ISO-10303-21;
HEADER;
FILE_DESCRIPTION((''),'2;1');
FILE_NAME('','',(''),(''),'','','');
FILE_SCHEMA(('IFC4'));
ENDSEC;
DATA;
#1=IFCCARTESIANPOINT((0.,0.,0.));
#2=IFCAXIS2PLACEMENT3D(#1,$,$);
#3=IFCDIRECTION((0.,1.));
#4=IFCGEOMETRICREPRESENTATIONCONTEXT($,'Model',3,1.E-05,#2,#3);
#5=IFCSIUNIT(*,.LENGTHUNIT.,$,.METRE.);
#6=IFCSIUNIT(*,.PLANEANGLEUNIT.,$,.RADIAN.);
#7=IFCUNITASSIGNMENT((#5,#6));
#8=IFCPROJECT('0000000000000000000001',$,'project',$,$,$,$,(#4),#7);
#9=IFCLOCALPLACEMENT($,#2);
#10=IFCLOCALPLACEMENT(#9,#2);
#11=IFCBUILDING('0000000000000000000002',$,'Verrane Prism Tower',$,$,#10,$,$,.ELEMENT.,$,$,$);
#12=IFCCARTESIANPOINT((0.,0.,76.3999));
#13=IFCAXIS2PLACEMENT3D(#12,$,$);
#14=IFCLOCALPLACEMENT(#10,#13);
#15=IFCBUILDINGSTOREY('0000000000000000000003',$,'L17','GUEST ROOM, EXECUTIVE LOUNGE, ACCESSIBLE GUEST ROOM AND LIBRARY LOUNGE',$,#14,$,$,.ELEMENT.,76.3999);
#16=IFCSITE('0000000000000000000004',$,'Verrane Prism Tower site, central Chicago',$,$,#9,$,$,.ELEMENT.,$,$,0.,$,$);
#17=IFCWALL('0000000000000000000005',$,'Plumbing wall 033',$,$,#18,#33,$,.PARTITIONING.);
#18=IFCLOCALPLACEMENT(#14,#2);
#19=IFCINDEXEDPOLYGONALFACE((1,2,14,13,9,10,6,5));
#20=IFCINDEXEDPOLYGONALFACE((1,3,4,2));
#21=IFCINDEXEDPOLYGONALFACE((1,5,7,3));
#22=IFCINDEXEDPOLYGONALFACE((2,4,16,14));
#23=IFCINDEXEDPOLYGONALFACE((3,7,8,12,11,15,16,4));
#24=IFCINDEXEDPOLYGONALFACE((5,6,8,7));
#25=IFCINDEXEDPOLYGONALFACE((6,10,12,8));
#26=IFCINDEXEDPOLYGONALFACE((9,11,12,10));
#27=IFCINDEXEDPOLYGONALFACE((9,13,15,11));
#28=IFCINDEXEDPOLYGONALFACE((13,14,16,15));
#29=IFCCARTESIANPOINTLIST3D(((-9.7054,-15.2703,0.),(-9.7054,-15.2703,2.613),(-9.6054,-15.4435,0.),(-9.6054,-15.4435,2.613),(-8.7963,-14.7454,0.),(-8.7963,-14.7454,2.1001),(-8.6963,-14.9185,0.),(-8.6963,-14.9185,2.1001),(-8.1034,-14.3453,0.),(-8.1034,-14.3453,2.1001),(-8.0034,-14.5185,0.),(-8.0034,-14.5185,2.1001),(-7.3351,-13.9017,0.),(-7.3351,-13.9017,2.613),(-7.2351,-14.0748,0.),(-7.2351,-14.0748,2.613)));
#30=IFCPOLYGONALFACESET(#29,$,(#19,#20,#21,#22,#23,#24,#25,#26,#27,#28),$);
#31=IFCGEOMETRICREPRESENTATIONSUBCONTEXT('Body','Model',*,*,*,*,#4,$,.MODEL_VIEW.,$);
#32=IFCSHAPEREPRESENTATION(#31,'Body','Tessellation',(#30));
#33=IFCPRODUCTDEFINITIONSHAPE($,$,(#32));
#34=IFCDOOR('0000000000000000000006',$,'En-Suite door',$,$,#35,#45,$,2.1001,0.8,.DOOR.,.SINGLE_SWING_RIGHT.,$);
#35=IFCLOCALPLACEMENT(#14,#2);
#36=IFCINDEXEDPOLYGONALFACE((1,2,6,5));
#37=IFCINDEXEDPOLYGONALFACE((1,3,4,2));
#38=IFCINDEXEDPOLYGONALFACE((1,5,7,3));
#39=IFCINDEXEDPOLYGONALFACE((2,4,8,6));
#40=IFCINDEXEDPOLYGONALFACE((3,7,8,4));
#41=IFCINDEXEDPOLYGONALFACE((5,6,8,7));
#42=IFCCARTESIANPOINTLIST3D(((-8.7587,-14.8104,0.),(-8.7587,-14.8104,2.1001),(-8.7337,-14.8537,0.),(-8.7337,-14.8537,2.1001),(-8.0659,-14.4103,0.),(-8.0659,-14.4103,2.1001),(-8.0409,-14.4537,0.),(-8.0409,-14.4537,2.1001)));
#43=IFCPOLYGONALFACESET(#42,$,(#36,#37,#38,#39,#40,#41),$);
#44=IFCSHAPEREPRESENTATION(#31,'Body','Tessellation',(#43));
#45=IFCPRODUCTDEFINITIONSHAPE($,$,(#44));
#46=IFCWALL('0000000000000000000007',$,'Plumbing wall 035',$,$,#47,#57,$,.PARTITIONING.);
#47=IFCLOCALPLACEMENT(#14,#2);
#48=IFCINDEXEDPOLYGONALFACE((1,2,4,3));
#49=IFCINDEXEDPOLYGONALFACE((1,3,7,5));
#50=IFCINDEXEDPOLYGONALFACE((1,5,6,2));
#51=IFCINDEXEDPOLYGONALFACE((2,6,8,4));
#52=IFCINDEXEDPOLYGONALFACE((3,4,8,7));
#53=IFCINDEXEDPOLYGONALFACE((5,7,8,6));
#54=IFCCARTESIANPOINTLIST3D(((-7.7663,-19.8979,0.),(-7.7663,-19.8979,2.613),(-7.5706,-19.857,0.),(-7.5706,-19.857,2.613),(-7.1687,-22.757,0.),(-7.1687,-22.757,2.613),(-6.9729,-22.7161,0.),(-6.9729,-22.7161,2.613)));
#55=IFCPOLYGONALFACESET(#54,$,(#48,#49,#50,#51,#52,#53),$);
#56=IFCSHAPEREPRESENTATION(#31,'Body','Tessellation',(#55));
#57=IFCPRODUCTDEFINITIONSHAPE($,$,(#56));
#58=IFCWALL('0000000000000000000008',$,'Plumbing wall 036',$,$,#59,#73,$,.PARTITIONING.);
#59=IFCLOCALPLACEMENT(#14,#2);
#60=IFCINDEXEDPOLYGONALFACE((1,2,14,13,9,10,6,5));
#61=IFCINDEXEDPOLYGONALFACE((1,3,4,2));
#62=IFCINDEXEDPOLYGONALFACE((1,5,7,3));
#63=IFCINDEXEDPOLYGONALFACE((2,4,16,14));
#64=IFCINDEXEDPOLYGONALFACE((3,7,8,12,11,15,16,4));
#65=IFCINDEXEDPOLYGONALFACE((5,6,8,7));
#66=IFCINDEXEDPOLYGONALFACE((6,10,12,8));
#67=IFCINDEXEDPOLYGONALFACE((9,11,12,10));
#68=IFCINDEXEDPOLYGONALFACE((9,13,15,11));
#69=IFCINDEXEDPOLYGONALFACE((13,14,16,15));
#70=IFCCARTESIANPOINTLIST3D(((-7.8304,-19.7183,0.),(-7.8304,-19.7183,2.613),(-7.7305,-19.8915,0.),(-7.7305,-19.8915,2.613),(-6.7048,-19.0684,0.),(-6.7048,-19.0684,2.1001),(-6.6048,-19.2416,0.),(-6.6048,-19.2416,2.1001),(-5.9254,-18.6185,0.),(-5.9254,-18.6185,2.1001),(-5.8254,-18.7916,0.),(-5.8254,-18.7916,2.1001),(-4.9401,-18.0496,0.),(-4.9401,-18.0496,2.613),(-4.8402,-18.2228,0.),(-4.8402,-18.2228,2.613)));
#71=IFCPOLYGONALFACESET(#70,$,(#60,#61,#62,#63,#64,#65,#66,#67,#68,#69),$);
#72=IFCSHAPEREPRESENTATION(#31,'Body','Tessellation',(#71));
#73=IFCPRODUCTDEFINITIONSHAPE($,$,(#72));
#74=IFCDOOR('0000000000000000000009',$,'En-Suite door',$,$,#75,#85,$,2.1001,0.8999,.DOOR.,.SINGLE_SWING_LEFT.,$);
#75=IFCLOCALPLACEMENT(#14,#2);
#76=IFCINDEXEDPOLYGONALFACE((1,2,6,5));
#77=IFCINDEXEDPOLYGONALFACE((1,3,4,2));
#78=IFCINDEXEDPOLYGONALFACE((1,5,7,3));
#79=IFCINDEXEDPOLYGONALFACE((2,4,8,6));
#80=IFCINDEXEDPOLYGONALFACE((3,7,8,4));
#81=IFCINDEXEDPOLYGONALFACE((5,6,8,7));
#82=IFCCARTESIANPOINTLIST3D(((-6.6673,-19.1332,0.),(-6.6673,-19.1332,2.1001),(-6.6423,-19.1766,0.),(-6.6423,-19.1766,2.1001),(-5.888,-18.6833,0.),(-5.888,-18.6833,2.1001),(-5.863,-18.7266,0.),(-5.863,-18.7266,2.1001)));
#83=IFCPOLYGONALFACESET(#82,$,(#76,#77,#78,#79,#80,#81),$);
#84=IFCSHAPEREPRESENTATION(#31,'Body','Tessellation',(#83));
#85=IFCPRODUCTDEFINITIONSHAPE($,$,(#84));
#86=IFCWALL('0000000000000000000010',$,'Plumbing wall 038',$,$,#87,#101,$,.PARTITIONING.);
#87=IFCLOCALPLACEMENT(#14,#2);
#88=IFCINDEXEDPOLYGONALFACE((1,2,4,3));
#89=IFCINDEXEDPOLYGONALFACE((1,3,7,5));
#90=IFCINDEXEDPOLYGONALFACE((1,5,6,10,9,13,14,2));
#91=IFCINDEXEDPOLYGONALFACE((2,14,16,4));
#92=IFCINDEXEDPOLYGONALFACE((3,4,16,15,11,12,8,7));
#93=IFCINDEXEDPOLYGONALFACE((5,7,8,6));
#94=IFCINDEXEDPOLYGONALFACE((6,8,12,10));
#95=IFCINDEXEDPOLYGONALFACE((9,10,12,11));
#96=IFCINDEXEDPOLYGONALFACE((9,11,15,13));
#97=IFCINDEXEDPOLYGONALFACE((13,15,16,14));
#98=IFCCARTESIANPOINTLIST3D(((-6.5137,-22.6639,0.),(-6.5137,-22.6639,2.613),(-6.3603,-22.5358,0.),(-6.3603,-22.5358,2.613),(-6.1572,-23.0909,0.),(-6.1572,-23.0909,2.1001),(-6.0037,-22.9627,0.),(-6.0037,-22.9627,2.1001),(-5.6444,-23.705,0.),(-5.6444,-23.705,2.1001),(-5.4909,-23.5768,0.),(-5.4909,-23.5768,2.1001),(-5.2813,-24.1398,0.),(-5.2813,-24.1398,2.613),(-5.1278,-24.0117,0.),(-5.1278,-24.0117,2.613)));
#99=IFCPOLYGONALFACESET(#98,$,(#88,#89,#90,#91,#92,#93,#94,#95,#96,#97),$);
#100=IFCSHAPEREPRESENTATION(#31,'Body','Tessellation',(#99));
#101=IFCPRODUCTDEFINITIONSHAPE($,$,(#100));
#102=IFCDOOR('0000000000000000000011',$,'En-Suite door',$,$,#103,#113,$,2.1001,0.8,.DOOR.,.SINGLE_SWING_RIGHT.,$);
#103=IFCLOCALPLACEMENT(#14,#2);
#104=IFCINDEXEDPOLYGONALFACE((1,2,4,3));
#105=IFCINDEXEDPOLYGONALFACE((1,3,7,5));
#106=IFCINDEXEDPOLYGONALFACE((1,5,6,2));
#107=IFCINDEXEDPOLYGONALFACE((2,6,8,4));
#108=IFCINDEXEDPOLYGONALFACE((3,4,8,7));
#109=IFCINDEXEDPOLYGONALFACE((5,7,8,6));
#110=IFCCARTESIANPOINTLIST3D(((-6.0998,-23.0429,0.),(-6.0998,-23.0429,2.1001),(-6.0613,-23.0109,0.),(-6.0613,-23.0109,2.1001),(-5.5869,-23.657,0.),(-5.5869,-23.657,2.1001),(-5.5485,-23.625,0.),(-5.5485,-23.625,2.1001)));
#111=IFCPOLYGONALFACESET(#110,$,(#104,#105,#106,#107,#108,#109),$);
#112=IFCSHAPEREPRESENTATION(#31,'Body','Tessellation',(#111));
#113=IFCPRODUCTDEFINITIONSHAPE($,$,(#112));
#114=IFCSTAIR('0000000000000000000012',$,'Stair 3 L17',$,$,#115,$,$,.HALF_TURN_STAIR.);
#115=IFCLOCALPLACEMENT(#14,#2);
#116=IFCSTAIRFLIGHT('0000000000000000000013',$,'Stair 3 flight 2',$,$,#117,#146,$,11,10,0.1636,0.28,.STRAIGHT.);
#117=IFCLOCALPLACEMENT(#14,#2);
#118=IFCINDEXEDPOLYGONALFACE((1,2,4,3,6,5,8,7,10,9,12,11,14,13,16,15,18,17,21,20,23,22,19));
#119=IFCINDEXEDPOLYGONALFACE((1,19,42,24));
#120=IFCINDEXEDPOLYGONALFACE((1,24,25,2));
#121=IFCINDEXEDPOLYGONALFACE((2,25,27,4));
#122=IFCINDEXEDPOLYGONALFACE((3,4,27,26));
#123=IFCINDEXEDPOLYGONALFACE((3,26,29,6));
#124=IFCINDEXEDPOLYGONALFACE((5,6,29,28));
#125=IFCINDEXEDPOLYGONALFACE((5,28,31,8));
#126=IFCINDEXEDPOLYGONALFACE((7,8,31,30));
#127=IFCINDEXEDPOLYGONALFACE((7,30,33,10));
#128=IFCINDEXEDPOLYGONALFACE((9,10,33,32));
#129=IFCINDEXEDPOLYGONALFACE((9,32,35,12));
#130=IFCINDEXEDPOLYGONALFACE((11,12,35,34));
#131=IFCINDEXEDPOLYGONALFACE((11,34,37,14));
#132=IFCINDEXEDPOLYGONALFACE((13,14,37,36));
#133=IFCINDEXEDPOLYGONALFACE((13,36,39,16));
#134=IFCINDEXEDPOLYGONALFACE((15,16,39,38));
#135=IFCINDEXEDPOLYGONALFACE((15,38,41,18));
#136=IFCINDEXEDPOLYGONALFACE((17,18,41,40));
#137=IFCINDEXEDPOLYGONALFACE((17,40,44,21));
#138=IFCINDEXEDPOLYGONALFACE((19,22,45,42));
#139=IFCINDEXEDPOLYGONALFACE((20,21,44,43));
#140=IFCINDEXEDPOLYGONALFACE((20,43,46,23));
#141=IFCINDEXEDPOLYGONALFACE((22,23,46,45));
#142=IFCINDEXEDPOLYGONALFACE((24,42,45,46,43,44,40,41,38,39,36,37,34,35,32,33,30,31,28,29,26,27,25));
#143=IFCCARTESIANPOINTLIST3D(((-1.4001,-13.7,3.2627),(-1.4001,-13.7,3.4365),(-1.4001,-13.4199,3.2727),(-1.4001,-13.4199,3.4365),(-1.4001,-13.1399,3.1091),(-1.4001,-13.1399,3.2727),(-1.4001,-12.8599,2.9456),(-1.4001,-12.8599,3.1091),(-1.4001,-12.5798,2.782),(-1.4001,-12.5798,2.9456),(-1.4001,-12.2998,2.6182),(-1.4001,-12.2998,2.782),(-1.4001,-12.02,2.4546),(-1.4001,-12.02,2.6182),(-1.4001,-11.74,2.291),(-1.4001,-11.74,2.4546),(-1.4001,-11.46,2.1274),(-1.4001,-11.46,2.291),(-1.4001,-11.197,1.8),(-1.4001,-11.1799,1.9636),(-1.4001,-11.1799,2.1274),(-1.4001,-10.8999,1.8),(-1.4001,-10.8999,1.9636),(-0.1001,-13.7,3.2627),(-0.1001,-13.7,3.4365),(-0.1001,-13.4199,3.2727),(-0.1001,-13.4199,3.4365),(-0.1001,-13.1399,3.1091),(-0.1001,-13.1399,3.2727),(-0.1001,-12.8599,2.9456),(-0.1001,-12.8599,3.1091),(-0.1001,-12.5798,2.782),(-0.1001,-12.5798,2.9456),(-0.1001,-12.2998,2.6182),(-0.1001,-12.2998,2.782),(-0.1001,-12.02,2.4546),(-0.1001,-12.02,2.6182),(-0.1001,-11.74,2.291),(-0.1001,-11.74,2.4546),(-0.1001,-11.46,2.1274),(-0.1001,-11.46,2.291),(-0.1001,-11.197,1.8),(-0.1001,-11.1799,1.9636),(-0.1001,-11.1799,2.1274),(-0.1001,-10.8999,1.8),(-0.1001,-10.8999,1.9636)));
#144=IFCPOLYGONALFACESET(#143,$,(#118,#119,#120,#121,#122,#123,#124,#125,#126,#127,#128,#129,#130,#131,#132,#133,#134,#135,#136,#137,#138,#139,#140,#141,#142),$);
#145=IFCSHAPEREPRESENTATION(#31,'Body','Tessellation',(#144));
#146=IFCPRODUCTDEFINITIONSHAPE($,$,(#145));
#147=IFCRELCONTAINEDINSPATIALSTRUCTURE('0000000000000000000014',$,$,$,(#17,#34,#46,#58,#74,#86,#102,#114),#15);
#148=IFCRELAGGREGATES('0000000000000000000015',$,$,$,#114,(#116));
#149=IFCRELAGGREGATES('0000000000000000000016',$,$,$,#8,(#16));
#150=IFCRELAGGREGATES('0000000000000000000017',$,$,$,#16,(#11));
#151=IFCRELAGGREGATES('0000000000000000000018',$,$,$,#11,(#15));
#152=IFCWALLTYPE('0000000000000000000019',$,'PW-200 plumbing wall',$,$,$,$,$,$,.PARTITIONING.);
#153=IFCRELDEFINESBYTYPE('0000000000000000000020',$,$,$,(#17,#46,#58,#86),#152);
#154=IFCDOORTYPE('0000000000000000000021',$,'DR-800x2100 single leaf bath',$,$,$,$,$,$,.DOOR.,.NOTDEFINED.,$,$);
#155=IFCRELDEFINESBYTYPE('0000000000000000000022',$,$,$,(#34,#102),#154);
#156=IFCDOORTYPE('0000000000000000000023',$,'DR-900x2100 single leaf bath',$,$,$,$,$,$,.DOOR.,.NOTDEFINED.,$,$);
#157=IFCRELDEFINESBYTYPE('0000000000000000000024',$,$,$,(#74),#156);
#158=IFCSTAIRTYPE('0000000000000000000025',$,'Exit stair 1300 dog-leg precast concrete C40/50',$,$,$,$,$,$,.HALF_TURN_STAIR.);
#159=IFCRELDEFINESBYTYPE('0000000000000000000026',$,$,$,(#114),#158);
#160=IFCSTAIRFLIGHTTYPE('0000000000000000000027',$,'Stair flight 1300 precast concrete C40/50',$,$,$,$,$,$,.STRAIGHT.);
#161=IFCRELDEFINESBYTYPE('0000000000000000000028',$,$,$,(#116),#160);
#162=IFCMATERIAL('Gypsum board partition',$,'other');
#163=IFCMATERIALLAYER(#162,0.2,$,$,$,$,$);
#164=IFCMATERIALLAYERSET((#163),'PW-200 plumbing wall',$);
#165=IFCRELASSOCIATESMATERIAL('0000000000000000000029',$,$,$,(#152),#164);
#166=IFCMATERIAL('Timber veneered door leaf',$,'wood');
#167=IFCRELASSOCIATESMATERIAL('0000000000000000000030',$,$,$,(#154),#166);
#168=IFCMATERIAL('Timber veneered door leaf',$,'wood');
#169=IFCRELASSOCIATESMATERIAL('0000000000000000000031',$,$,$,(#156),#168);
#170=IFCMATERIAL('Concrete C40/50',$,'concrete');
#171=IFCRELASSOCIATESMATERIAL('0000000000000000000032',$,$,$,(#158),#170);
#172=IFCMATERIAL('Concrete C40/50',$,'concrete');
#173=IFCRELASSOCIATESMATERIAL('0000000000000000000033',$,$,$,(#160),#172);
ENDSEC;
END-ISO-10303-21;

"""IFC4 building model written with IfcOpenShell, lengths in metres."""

from ifc_helpers import new_model, si_unit, direction, frame, frame_2d, origin, place, context, subcontext, project, spatial, polyline, rectangle, outline, extrude, material, layer, layer_set, type_object, element, fill, aggregate, save


model = new_model("IFC4")

# Units and contexts
model_context = context("Model", 3, precision=1e-05, world=origin(), true_north=direction((0.0, 1.0)))
body_context = subcontext(model_context, "Body", "Model", "MODEL_VIEW")
ifc_project = project(units=[si_unit("LENGTHUNIT", "METRE"), si_unit("PLANEANGLEUNIT", "RADIAN")], contexts=[model_context])

# Site, building, storey
site_placement = place(None, origin())
site = spatial("IfcSite", under=ifc_project, at=site_placement, Name="Verrane Prism Tower site, central Chicago", CompositionType="ELEMENT", RefElevation=0.0)
building_placement = place(site_placement, origin())
building = spatial("IfcBuilding", under=site, at=building_placement, Name="Verrane Prism Tower", CompositionType="ELEMENT")
storey_placement = place(building_placement, frame((0.0, 0.0, 76.3999)))
storey = spatial("IfcBuildingStorey", under=building, at=storey_placement, Name="L17", Description="GUEST ROOM, EXECUTIVE LOUNGE, ACCESSIBLE GUEST ROOM AND LIBRARY LOUNGE", CompositionType="ELEMENT", Elevation=76.3999)

# Shared definitions
ifc_material_1 = material(Name="Gypsum board partition", Category="other")
ifc_layer_1 = layer(ifc_material_1, 0.2)
ifc_layer_set_1 = layer_set([ifc_layer_1], Name="PW-200 plumbing wall")
wall_type_1 = type_object("IfcWallType", Name="PW-200 plumbing wall", PredefinedType="PARTITIONING", material=ifc_layer_set_1)

# Wall, opening, door
wall_1_placement = place(storey_placement, frame((-9.6555, -15.3569, 0.0), z_axis=(0.0, 0.0, 1.0), x_axis=(0.866006, 0.500034, 0.0)))
wall_1 = element("IfcWall", 1, at=wall_1_placement, inside=storey, type_object=wall_type_1, Name="Plumbing wall 033", PredefinedType="PARTITIONING", context=body_context, shape_type="SweptSolid", body=[
    extrude(rectangle(XDim=2.7371, YDim=0.2, at=frame_2d((1.3687, 0.0))), origin(), (0.0, 0.0, 1.0), 2.613),
])
opening_1_placement = place(wall_1_placement, frame((1.05, 0.0, 0.0)))
opening_1 = element("IfcOpeningElement", 2, at=opening_1_placement, cuts=wall_1, PredefinedType="OPENING", context=body_context, shape_type="SweptSolid", body=[
    extrude(rectangle(XDim=0.8, YDim=2.1001, at=frame_2d((0.3999, 1.05))), frame((0.0, 0.1099, 0.0), z_axis=(0.0, -1.0, 0.0), x_axis=(1.0, 0.0, 0.0)), (0.0, 0.0, 1.0), 0.22),
])
ifc_material_2 = material(Name="Timber veneered door leaf", Category="wood")
door_type_1 = type_object("IfcDoorType", Name="DR-800x2100 single leaf bath", OperationType="NOTDEFINED", PredefinedType="DOOR", material=ifc_material_2)
door_1_placement = place(opening_1_placement, origin())
door_1 = element("IfcDoor", 3, at=door_1_placement, inside=storey, type_object=door_type_1, Name="En-Suite door", OperationType="SINGLE_SWING_RIGHT", OverallHeight=2.1001, OverallWidth=0.8, PredefinedType="DOOR", context=body_context, shape_type="SweptSolid", body=[
    extrude(rectangle(XDim=0.8, YDim=2.1001, at=frame_2d((0.3999, 1.05))), frame((0.0, 0.0249, 0.0), z_axis=(0.0, -1.0, 0.0), x_axis=(1.0, 0.0, 0.0)), (0.0, 0.0, 1.0), 0.05),
])
fill(opening_1, door_1)

# Wall
wall_2_placement = place(storey_placement, frame((-7.6685, -19.8774, 0.0), z_axis=(0.0, 0.0, 1.0), x_axis=(0.204612, -0.978843, 0.0)))
element("IfcWall", 4, at=wall_2_placement, inside=storey, type_object=wall_type_1, Name="Plumbing wall 035", PredefinedType="PARTITIONING", context=body_context, shape_type="SweptSolid", body=[
    extrude(rectangle(XDim=2.9209, YDim=0.2, at=frame_2d((1.4604, 0.0))), origin(), (0.0, 0.0, 1.0), 2.613),
])

# Walls, openings, doors
wall_3_placement = place(storey_placement, frame((-4.8901, -18.1362, 0.0), z_axis=(0.0, 0.0, 1.0), x_axis=(-0.866033, -0.499986, 0.0)))
wall_3 = element("IfcWall", 5, at=wall_3_placement, inside=storey, type_object=wall_type_1, Name="Plumbing wall 036", PredefinedType="PARTITIONING", context=body_context, shape_type="SweptSolid", body=[
    extrude(rectangle(XDim=3.3374, YDim=0.2, at=frame_2d((1.6687, 0.0))), origin(), (0.0, 0.0, 1.0), 2.613),
])
opening_2_placement = place(wall_3_placement, frame((1.1377, 0.0, 0.0)))
opening_2 = element("IfcOpeningElement", 6, at=opening_2_placement, cuts=wall_3, PredefinedType="OPENING", context=body_context, shape_type="SweptSolid", body=[
    extrude(rectangle(XDim=0.8999, YDim=2.1001, at=frame_2d((0.45, 1.05))), frame((0.0, 0.1099, 0.0), z_axis=(0.0, -1.0, 0.0), x_axis=(1.0, 0.0, 0.0)), (0.0, 0.0, 1.0), 0.22),
])
ifc_material_3 = material(Name="Timber veneered door leaf", Category="wood")
door_type_2 = type_object("IfcDoorType", Name="DR-900x2100 single leaf bath", OperationType="NOTDEFINED", PredefinedType="DOOR", material=ifc_material_3)
door_2_placement = place(opening_2_placement, origin())
door_2 = element("IfcDoor", 7, at=door_2_placement, inside=storey, type_object=door_type_2, Name="En-Suite door", OperationType="SINGLE_SWING_LEFT", OverallHeight=2.1001, OverallWidth=0.8999, PredefinedType="DOOR", context=body_context, shape_type="SweptSolid", body=[
    extrude(rectangle(XDim=0.8999, YDim=2.1001, at=frame_2d((0.45, 1.05))), frame((0.0, 0.0249, 0.0), z_axis=(0.0, -1.0, 0.0), x_axis=(1.0, 0.0, 0.0)), (0.0, 0.0, 1.0), 0.05),
])
fill(opening_2, door_2)
wall_4_placement = place(storey_placement, frame((-6.437, -22.5999, 0.0), z_axis=(0.0, 0.0, 1.0), x_axis=(0.640971, -0.767565, 0.0)))
wall_4 = element("IfcWall", 8, at=wall_4_placement, inside=storey, type_object=wall_type_1, Name="Plumbing wall 038", PredefinedType="PARTITIONING", context=body_context, shape_type="SweptSolid", body=[
    extrude(rectangle(XDim=1.9229, YDim=0.2, at=frame_2d((0.9614, 0.0))), origin(), (0.0, 0.0, 1.0), 2.613),
])
opening_3_placement = place(wall_4_placement, frame((0.5564, 0.0, 0.0)))
opening_3 = element("IfcOpeningElement", 9, at=opening_3_placement, cuts=wall_4, PredefinedType="OPENING", context=body_context, shape_type="SweptSolid", body=[
    extrude(rectangle(XDim=0.8, YDim=2.1001, at=frame_2d((0.3999, 1.05))), frame((0.0, 0.1099, 0.0), z_axis=(0.0, -1.0, 0.0), x_axis=(1.0, 0.0, 0.0)), (0.0, 0.0, 1.0), 0.22),
])
door_3_placement = place(opening_3_placement, origin())
door_3 = element("IfcDoor", 10, at=door_3_placement, inside=storey, type_object=door_type_1, Name="En-Suite door", OperationType="SINGLE_SWING_RIGHT", OverallHeight=2.1001, OverallWidth=0.8, PredefinedType="DOOR", context=body_context, shape_type="SweptSolid", body=[
    extrude(rectangle(XDim=0.8, YDim=2.1001, at=frame_2d((0.3999, 1.05))), frame((0.0, 0.0249, 0.0), z_axis=(0.0, -1.0, 0.0), x_axis=(1.0, 0.0, 0.0)), (0.0, 0.0, 1.0), 0.05),
])
fill(opening_3, door_3)

# Stair, stair flight
ifc_material_4 = material(Name="Concrete C40/50", Category="concrete")
stair_type = type_object("IfcStairType", Name="Exit stair 1300 dog-leg precast concrete C40/50", PredefinedType="HALF_TURN_STAIR", material=ifc_material_4)
stair_placement = place(storey_placement, origin())
stair = element("IfcStair", 11, at=stair_placement, inside=storey, type_object=stair_type, Name="Stair 3 L17", PredefinedType="HALF_TURN_STAIR")
ifc_material_5 = material(Name="Concrete C40/50", Category="concrete")
stair_flight_type = type_object("IfcStairFlightType", Name="Stair flight 1300 precast concrete C40/50", PredefinedType="STRAIGHT", material=ifc_material_5)
stair_flight_placement = place(storey_placement, frame((-0.75, -10.8999, 1.8), z_axis=(0.0, 0.0, 1.0), x_axis=(0.0, -1.0, 0.0)))
stair_flight = element("IfcStairFlight", 12, at=stair_flight_placement, type_object=stair_flight_type, Name="Stair 3 flight 2", NumberOfRisers=11, NumberOfTreads=10, PredefinedType="STRAIGHT", RiserHeight=0.1636, TreadLength=0.28, context=body_context, shape_type="SweptSolid", body=[
    extrude(outline(polyline([(0.0, 0.0), (0.0, 0.1636), (0.28, 0.1636), (0.28, 0.3274), (0.5601, 0.3274), (0.5601, 0.491), (0.8401, 0.491), (0.8401, 0.6545), (1.1201, 0.6545), (1.1201, 0.8181), (1.3999, 0.8181), (1.3999, 0.9819), (1.6799, 0.9819), (1.6799, 1.1455), (1.96, 1.1455), (1.96, 1.3091), (2.24, 1.3091), (2.24, 1.4727), (2.52, 1.4727), (2.52, 1.6365), (2.8, 1.6365), (2.8, 1.8), (2.8, 1.4626), (0.2971, 0.0), (0.0, 0.0)])), frame((0.0, 0.6499, 0.0), z_axis=(0.0, -1.0, 0.0), x_axis=(1.0, 0.0, 0.0)), (0.0, 0.0, 1.0), 1.3),
])
aggregate(stair, [stair_flight])

save(model, "model.ifc")
